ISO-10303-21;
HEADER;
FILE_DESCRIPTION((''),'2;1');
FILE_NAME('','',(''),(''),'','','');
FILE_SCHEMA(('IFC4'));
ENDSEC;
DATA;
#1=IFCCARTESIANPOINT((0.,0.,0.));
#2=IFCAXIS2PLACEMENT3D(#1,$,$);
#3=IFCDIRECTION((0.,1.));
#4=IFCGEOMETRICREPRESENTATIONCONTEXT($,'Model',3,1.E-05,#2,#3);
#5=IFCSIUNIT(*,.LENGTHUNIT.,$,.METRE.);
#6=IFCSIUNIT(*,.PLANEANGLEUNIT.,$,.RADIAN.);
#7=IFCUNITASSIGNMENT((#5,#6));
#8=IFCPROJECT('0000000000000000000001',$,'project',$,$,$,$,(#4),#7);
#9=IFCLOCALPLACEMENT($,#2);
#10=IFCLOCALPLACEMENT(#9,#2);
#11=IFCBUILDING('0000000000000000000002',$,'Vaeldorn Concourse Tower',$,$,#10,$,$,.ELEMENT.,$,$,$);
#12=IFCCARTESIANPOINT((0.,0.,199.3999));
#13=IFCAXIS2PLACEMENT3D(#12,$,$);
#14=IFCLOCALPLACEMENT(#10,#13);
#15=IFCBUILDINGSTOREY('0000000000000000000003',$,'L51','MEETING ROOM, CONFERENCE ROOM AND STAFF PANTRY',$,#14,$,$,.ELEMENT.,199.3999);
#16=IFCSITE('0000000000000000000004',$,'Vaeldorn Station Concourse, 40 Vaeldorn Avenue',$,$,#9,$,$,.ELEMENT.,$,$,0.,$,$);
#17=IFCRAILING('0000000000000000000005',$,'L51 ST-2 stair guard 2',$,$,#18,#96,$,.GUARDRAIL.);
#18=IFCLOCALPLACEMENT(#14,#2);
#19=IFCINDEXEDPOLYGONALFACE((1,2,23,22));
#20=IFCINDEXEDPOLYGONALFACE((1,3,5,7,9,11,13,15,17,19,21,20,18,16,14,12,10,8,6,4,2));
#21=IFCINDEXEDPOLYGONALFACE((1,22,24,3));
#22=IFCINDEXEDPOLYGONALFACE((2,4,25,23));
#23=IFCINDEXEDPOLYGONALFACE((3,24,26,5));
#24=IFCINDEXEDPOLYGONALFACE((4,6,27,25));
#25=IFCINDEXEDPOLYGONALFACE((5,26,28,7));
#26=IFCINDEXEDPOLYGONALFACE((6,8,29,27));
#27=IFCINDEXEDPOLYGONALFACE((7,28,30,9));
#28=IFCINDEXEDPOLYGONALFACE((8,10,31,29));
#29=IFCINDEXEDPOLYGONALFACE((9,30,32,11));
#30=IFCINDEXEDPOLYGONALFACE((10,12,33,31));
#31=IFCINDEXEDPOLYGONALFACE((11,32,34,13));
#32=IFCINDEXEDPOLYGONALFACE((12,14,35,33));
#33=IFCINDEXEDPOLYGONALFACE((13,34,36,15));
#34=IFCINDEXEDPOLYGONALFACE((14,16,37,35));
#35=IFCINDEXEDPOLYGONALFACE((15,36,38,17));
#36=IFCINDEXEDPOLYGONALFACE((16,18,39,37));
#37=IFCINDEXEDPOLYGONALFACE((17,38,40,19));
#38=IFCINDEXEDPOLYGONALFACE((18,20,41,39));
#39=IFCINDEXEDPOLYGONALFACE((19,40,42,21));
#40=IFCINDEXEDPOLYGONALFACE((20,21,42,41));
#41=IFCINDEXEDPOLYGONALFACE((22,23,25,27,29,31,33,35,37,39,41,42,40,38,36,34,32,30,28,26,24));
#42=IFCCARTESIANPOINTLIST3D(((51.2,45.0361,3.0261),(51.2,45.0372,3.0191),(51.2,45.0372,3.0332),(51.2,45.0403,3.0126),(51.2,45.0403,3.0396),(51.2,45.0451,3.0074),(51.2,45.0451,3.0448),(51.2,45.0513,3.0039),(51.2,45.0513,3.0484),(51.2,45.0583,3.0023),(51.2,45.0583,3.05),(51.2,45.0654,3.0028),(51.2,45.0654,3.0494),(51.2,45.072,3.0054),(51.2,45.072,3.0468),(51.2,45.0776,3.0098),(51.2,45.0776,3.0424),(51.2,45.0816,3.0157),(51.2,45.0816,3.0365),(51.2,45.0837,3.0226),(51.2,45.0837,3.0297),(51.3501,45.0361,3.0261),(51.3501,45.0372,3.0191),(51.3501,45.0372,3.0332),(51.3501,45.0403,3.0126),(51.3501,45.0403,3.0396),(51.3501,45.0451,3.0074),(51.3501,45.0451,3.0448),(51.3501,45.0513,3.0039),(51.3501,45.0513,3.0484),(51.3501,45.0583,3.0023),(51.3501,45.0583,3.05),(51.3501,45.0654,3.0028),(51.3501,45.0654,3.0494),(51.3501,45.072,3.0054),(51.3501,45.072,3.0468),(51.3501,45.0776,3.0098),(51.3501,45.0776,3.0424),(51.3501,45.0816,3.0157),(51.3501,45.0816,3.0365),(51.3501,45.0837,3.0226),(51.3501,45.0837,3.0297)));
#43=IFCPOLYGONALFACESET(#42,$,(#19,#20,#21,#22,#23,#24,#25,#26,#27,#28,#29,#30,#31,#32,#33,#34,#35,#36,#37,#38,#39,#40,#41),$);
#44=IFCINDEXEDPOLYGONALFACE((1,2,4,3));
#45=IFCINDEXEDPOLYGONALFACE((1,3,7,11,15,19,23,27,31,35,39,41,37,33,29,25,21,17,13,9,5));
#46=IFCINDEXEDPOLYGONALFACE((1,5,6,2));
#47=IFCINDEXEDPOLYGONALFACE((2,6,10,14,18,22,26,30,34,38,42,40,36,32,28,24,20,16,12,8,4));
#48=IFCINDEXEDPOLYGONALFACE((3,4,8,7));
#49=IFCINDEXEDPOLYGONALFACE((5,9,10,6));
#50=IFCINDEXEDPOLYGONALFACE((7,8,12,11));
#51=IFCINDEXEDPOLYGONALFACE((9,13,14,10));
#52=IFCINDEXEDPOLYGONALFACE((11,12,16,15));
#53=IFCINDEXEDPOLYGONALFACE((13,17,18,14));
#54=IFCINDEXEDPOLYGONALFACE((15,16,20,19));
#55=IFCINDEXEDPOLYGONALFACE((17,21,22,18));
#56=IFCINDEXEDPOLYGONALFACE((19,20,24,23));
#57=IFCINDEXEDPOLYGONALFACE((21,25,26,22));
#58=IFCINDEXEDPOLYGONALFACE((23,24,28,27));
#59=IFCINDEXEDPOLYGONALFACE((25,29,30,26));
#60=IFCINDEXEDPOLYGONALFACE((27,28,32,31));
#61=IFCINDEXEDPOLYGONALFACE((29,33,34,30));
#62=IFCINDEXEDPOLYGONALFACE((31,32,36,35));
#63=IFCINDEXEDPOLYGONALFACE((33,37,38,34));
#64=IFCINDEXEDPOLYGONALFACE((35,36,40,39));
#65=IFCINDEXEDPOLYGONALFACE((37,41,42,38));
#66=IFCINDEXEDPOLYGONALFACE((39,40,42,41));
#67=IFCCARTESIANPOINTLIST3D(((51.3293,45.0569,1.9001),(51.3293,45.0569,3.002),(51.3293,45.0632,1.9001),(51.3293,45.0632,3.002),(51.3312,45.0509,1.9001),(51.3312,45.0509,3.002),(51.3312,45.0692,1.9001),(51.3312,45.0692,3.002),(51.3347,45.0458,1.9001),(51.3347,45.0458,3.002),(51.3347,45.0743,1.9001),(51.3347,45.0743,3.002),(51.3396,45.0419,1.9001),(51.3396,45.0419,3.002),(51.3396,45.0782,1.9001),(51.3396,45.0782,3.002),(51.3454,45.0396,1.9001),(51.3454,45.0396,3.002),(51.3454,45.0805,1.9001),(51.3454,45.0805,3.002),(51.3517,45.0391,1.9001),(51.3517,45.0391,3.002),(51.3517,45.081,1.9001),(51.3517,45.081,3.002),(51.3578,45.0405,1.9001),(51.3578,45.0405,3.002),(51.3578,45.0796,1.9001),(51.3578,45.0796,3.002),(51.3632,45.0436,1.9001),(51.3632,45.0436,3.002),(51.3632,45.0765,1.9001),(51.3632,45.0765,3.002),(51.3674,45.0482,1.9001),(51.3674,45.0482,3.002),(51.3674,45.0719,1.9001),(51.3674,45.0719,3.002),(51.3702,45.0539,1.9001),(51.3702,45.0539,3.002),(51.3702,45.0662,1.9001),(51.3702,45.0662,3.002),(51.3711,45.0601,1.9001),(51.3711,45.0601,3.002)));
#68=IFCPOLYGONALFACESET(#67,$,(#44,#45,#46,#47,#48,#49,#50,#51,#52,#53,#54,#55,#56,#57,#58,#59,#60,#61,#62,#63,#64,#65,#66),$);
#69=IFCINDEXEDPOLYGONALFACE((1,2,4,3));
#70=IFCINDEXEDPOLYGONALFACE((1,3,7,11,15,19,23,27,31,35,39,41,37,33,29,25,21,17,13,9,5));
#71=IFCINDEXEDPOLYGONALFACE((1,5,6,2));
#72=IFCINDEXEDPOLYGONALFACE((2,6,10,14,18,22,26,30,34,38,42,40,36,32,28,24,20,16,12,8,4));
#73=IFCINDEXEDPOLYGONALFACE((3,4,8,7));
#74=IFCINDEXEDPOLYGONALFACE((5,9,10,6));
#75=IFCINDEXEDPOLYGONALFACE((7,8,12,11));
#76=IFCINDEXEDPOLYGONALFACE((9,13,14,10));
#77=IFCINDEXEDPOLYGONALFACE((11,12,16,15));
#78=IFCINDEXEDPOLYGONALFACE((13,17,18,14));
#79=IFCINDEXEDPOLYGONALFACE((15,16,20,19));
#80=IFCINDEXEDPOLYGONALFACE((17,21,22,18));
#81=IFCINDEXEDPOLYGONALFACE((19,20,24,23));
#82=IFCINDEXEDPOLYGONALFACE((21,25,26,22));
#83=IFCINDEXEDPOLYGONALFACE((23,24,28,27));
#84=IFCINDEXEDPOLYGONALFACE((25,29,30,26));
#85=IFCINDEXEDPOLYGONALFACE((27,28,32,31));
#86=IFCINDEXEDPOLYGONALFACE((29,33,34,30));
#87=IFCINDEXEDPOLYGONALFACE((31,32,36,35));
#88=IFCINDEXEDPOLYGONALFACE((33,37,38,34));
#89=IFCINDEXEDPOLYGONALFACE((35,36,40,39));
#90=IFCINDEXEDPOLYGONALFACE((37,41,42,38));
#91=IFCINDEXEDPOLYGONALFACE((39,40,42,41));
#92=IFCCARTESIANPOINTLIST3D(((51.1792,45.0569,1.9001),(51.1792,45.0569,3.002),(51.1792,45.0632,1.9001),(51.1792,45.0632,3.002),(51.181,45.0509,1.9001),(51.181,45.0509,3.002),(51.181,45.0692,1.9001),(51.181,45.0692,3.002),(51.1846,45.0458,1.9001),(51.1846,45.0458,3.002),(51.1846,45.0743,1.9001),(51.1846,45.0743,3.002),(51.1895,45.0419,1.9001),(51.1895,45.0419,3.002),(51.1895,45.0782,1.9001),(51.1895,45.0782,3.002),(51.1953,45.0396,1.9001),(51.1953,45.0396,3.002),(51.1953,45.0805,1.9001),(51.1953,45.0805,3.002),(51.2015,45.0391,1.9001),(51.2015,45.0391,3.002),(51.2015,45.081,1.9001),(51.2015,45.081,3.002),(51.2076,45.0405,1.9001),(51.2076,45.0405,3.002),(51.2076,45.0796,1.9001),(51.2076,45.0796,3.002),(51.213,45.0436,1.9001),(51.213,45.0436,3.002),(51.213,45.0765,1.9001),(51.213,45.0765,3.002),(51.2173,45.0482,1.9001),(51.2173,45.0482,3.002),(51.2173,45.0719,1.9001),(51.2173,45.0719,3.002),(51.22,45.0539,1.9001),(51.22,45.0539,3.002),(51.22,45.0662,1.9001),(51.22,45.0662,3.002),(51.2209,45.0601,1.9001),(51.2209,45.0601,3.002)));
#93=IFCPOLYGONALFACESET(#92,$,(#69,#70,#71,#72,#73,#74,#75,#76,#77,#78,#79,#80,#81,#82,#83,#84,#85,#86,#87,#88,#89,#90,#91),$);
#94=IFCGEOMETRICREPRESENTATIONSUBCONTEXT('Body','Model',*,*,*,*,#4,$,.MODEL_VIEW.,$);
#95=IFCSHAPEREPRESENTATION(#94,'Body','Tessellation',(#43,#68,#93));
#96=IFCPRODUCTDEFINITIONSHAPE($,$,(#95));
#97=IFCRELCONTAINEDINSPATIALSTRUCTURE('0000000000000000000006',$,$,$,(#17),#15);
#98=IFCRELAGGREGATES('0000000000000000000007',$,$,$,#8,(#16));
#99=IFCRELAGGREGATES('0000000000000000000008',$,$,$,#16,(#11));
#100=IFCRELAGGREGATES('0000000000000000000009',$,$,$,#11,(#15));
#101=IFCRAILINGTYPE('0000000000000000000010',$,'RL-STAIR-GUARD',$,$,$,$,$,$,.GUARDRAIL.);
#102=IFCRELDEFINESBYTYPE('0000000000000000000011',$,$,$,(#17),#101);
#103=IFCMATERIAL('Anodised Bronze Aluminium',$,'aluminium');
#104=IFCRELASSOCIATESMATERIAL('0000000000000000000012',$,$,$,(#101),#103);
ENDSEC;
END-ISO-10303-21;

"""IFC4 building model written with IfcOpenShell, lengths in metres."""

from ifc_helpers import new_model, si_unit, direction, frame, origin, origin_2d, place, context, subcontext, project, spatial, circle, extrude, material, type_object, element, save


model = new_model("IFC4")

# Units and contexts
model_context = context("Model", 3, precision=1e-05, world=origin(), true_north=direction((0.0, 1.0)))
body_context = subcontext(model_context, "Body", "Model", "MODEL_VIEW")
ifc_project = project(units=[si_unit("LENGTHUNIT", "METRE"), si_unit("PLANEANGLEUNIT", "RADIAN")], contexts=[model_context])

# Site, building, storey
site_placement = place(None, origin())
site = spatial("IfcSite", under=ifc_project, at=site_placement, Name="Vaeldorn Station Concourse, 40 Vaeldorn Avenue", CompositionType="ELEMENT", RefElevation=0.0)
building_placement = place(site_placement, origin())
building = spatial("IfcBuilding", under=site, at=building_placement, Name="Vaeldorn Concourse Tower", CompositionType="ELEMENT")
storey_placement = place(building_placement, frame((0.0, 0.0, 199.3999)))
storey = spatial("IfcBuildingStorey", under=building, at=storey_placement, Name="L51", Description="MEETING ROOM, CONFERENCE ROOM AND STAFF PANTRY", CompositionType="ELEMENT", Elevation=199.3999)

# Shared definitions
ifc_material_1 = material(Name="Anodised Bronze Aluminium", Category="aluminium")

# Railing
railing_type_1 = type_object("IfcRailingType", Name="RL-STAIR-GUARD", PredefinedType="GUARDRAIL", material=ifc_material_1)
railing_1_placement = place(storey_placement, frame((51.3501, 45.0601, 1.9001)))
element("IfcRailing", 1, at=railing_1_placement, inside=storey, type_object=railing_type_1, Name="L51 ST-2 stair guard 2", PredefinedType="GUARDRAIL", context=body_context, shape_type="SweptSolid", body=[
    extrude(circle(Radius=0.0239, at=origin_2d()), frame((0.0, 0.0, 1.126), z_axis=(-1.0, 0.0, 0.0), x_axis=(0.0, -1.0, 0.0)), (0.0, 0.0, 1.0), 0.1501),
    extrude(circle(Radius=0.021, at=origin_2d()), origin(), (0.0, 0.0, 1.0), 1.1018),
    extrude(circle(Radius=0.021, at=origin_2d()), frame((-0.1501, 0.0, 0.0)), (0.0, 0.0, 1.0), 1.1018),
])

save(model, "model.ifc")
